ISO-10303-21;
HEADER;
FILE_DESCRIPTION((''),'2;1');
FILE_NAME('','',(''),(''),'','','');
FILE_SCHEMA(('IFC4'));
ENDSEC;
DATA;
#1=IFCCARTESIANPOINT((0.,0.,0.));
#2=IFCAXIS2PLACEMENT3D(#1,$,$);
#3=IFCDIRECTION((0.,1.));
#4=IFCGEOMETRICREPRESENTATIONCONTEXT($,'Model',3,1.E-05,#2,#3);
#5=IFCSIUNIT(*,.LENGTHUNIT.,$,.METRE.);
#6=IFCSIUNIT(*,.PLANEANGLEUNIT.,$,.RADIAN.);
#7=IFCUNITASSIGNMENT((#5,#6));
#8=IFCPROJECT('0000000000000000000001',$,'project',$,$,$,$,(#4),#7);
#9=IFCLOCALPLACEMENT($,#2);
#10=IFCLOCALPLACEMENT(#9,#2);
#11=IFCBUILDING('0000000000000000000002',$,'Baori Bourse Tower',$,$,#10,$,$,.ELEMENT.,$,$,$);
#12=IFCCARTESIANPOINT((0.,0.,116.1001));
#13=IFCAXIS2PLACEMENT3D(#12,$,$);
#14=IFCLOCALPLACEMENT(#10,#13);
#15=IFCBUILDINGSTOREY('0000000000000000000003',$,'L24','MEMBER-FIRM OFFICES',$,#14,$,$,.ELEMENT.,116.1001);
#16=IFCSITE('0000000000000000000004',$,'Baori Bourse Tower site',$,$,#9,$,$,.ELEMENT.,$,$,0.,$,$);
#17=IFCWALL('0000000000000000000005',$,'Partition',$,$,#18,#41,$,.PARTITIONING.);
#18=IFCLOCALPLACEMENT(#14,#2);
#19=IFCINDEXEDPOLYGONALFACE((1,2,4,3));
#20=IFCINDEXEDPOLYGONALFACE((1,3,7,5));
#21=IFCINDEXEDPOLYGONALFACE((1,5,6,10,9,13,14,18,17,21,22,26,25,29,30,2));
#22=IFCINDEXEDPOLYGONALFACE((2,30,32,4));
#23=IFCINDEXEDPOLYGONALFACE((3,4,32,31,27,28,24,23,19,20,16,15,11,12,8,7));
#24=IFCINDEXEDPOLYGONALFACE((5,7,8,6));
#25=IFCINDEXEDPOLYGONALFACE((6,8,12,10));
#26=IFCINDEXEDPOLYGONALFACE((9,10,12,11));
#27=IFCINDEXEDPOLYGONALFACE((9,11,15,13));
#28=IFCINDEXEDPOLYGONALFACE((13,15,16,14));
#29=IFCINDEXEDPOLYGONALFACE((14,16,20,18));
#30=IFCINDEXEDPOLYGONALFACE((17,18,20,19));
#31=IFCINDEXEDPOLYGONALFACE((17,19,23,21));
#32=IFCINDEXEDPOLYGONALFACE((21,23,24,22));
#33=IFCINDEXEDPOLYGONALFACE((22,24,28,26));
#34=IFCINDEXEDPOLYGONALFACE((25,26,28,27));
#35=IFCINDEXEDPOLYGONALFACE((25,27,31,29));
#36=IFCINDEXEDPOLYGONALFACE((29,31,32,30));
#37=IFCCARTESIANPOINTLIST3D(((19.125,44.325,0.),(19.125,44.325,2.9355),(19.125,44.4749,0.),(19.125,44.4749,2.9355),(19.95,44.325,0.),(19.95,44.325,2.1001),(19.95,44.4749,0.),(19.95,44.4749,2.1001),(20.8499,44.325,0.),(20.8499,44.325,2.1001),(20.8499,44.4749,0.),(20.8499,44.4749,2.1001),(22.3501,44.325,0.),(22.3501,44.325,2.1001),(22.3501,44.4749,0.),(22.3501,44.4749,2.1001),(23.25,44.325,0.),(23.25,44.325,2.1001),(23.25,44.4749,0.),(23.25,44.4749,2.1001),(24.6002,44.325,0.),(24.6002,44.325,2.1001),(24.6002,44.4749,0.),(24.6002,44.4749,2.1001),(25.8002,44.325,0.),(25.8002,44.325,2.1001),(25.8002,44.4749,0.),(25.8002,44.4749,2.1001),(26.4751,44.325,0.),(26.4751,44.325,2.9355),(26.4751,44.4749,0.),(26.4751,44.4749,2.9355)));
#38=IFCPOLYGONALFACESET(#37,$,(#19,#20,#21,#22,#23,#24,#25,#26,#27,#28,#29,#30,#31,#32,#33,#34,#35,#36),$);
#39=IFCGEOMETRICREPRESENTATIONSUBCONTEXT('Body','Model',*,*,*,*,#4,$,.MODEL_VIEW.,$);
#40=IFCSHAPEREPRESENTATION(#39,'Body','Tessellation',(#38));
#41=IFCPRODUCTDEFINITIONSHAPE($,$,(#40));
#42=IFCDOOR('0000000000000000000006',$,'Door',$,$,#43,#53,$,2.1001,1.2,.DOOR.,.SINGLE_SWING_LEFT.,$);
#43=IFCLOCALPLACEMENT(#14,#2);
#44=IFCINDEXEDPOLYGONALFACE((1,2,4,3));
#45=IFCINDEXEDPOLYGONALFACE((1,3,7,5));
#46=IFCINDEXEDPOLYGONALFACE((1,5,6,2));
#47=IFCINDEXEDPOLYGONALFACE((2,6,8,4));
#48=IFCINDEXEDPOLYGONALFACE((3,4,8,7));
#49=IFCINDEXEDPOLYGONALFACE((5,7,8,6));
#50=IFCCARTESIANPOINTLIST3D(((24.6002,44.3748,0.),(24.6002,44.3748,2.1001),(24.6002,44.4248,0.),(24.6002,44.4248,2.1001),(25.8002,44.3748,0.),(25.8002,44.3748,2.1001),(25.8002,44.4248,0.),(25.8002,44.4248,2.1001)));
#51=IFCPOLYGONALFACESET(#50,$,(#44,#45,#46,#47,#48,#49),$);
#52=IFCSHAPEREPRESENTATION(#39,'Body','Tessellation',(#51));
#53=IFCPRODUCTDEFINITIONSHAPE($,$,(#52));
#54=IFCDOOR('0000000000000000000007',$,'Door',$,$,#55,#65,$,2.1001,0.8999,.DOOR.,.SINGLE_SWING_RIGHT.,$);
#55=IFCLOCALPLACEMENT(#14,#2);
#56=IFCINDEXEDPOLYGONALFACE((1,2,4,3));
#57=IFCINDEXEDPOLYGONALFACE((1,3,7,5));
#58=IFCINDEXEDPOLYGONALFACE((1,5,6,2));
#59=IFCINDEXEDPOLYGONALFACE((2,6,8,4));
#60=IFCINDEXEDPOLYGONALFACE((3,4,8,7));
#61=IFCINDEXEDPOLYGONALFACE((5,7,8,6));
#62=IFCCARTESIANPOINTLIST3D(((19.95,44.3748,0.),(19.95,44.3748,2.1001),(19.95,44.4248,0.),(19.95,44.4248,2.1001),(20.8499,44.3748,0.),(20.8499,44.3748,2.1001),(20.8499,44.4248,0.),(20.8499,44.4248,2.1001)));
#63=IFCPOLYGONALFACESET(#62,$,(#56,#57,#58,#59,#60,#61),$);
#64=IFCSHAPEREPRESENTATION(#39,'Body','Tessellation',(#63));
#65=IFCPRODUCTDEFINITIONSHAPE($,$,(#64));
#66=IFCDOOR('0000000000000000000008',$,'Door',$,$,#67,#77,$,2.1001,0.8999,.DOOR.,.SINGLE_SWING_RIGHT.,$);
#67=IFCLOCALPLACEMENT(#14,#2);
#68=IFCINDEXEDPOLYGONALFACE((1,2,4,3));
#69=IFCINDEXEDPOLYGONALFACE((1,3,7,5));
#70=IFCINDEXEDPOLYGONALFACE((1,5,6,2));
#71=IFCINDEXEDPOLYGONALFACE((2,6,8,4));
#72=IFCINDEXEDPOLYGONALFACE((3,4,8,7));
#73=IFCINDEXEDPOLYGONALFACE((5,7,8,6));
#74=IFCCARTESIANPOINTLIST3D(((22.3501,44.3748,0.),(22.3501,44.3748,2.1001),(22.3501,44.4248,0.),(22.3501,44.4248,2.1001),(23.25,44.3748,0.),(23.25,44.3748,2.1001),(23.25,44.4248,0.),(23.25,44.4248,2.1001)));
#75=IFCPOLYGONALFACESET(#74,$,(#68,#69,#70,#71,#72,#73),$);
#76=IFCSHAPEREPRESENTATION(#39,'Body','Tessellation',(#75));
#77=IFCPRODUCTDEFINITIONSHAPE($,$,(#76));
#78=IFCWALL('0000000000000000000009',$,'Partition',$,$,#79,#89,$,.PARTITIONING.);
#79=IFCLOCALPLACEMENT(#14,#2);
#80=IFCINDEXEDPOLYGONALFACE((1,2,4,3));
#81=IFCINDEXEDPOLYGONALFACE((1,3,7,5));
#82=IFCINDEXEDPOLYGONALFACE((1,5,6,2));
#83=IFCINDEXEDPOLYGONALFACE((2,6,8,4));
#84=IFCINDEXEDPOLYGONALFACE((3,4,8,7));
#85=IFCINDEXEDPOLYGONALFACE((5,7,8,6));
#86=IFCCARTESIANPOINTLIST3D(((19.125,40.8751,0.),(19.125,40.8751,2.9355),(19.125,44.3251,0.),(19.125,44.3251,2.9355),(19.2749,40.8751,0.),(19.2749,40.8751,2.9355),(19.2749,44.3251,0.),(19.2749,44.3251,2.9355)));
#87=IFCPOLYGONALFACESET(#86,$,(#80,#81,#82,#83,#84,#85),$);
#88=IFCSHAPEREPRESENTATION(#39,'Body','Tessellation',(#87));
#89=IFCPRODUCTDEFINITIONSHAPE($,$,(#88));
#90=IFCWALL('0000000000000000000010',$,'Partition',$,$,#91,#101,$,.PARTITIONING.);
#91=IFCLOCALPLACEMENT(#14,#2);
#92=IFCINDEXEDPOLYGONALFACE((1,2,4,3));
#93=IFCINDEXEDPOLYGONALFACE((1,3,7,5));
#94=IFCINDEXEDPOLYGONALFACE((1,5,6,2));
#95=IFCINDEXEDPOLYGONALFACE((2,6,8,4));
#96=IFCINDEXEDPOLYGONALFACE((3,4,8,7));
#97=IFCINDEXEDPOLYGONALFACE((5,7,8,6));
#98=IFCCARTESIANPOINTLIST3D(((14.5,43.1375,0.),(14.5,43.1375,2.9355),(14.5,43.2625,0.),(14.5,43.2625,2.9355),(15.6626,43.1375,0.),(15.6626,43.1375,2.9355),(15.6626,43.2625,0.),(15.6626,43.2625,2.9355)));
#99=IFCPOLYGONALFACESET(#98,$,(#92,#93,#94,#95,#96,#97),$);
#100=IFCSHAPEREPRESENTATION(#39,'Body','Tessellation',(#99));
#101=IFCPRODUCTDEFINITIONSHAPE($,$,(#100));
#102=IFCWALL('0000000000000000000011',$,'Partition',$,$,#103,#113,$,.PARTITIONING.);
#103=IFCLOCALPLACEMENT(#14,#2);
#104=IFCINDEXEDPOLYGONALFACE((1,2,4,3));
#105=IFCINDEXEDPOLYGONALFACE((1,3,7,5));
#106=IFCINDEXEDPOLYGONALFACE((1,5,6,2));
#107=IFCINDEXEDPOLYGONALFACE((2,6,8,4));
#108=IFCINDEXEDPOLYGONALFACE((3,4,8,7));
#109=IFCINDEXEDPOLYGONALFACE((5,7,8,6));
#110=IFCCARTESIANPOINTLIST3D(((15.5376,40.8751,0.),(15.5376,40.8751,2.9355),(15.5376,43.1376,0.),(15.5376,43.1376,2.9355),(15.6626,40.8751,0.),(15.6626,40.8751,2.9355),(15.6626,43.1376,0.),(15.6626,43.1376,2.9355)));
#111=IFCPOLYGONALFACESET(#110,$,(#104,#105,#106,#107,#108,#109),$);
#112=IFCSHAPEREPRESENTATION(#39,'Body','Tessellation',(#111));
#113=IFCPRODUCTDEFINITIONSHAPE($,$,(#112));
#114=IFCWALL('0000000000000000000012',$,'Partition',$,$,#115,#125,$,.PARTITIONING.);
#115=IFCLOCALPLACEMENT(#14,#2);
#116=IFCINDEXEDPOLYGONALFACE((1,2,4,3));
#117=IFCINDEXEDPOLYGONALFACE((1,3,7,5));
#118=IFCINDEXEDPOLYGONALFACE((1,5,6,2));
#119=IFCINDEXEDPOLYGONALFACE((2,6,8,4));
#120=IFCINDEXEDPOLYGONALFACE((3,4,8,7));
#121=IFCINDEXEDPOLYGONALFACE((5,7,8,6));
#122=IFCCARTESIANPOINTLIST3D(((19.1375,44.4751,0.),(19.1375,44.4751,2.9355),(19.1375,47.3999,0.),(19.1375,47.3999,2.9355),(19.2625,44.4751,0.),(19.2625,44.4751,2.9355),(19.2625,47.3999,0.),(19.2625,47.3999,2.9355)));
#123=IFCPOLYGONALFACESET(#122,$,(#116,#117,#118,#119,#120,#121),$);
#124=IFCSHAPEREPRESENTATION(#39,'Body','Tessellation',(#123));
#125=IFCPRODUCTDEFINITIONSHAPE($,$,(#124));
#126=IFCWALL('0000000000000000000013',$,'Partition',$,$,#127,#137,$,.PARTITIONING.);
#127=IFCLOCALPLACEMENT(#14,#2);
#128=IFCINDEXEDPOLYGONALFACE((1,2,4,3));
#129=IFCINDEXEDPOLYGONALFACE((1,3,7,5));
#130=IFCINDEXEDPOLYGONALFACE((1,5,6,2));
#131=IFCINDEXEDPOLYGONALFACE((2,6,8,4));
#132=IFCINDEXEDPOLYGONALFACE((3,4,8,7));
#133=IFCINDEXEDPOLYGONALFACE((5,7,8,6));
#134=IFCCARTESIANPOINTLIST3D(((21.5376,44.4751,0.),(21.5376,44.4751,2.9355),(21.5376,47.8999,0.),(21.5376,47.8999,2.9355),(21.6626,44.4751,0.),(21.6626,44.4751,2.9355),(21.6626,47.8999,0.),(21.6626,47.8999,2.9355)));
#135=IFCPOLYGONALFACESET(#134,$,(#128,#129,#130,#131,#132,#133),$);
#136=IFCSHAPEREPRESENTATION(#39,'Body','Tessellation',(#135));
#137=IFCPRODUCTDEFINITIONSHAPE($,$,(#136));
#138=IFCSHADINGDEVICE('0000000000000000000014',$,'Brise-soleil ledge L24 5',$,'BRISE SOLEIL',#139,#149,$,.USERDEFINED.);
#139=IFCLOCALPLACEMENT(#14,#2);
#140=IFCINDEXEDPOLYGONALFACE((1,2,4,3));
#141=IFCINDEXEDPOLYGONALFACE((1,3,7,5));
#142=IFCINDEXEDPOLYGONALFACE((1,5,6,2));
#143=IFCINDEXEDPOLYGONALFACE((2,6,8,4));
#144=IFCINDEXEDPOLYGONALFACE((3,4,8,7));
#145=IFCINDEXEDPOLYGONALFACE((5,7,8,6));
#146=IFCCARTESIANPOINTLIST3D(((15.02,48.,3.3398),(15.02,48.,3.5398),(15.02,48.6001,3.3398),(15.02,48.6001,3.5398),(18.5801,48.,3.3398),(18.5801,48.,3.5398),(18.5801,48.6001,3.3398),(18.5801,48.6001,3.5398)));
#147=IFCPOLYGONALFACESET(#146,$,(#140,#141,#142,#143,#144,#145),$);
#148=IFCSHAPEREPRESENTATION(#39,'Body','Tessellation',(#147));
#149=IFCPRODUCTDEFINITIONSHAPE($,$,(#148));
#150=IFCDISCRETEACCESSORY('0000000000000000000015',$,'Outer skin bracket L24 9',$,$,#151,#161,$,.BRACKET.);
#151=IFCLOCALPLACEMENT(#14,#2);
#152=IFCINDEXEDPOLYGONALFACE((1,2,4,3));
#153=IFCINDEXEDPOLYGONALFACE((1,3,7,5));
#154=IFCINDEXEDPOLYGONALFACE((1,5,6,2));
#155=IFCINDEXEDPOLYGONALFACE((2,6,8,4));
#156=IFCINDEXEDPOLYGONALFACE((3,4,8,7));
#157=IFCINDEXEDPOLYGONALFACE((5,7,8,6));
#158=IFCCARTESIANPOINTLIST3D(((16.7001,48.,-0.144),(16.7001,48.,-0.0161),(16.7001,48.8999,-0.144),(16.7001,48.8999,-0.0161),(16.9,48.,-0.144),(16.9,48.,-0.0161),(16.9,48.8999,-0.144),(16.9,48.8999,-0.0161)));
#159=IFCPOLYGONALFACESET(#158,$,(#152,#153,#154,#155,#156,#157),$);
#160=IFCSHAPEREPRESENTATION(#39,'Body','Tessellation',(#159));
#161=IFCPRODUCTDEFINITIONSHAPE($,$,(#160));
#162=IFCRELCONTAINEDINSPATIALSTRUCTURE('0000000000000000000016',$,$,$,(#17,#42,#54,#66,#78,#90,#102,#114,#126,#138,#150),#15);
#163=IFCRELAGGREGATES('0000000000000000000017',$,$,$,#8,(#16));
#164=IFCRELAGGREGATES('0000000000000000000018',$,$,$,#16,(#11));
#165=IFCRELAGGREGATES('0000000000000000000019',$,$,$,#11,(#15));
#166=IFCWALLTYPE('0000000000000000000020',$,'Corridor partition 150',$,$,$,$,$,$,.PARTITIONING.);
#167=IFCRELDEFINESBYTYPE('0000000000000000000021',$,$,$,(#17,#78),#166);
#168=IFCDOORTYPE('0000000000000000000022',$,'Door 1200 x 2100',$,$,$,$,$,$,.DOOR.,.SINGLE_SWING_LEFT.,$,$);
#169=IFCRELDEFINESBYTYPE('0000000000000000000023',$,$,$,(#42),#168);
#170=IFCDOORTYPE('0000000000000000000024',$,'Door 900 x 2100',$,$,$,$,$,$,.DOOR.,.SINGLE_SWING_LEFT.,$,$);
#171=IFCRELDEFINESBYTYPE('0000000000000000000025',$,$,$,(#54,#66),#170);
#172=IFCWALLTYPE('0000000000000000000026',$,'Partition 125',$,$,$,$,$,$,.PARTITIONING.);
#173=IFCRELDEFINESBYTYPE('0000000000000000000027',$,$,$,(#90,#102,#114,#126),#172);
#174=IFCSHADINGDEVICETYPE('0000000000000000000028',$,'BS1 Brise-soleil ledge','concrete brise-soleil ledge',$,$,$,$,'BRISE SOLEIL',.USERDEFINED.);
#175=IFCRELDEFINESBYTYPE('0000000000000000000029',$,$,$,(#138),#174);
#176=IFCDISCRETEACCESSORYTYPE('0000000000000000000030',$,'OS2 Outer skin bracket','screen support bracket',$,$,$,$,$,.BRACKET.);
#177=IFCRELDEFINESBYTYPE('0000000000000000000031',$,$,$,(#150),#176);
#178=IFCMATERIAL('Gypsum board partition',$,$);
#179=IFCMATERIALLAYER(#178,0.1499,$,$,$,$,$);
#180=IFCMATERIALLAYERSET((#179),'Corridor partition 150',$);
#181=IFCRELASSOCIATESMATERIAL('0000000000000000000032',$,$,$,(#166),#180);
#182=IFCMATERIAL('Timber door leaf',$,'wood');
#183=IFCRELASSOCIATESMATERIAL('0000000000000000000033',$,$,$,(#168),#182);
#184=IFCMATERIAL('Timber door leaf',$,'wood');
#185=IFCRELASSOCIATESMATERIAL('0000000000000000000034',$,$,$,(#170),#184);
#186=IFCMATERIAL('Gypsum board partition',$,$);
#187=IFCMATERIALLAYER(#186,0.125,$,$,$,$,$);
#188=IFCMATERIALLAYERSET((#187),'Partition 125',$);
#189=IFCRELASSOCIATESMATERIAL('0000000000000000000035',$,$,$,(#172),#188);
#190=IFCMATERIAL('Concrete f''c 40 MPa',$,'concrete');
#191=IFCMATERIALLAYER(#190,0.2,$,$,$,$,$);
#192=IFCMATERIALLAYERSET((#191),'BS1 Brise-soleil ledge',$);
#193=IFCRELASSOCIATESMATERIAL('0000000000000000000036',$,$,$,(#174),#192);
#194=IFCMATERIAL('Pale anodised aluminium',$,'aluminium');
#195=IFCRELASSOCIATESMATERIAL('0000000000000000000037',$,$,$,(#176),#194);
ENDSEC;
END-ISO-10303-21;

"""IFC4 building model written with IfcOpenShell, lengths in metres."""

from ifc_helpers import new_model, si_unit, direction, frame, frame_2d, origin, origin_2d, place, context, subcontext, project, spatial, rectangle, extrude, material, layer, layer_set, type_object, element, fill, save


model = new_model("IFC4")

# Units and contexts
model_context = context("Model", 3, precision=1e-05, world=origin(), true_north=direction((0.0, 1.0)))
body_context = subcontext(model_context, "Body", "Model", "MODEL_VIEW")
ifc_project = project(units=[si_unit("LENGTHUNIT", "METRE"), si_unit("PLANEANGLEUNIT", "RADIAN")], contexts=[model_context])

# Site, building, storey
site_placement = place(None, origin())
site = spatial("IfcSite", under=ifc_project, at=site_placement, Name="Baori Bourse Tower site", CompositionType="ELEMENT", RefElevation=0.0)
building_placement = place(site_placement, origin())
building = spatial("IfcBuilding", under=site, at=building_placement, Name="Baori Bourse Tower", CompositionType="ELEMENT")
storey_placement = place(building_placement, frame((0.0, 0.0, 116.1001)))
storey = spatial("IfcBuildingStorey", under=building, at=storey_placement, Name="L24", Description="MEMBER-FIRM OFFICES", CompositionType="ELEMENT", Elevation=116.1001)

# Wall, openings, doors
ifc_material_1 = material(Name="Gypsum board partition")
ifc_layer_1 = layer(ifc_material_1, 0.1499)
ifc_layer_set_1 = layer_set([ifc_layer_1], Name="Corridor partition 150")
wall_type_1 = type_object("IfcWallType", Name="Corridor partition 150", PredefinedType="PARTITIONING", material=ifc_layer_set_1)
wall_1_placement = place(storey_placement, frame((19.125, 44.3999, 0.0), z_axis=(0.0, 0.0, 1.0), x_axis=(1.0, 0.0, 0.0)))
wall_1 = element("IfcWall", 1, at=wall_1_placement, inside=storey, type_object=wall_type_1, Name="Partition", PredefinedType="PARTITIONING", context=body_context, shape_type="SweptSolid", body=[
    extrude(rectangle(XDim=7.3501, YDim=0.1499, at=frame_2d((3.675, 0.0))), origin(), (0.0, 0.0, 1.0), 2.9355),
])
opening_1_placement = place(wall_1_placement, frame((0.825, 0.0, 0.0)))
opening_1 = element("IfcOpeningElement", 2, at=opening_1_placement, cuts=wall_1, PredefinedType="OPENING", context=body_context, shape_type="SweptSolid", body=[
    extrude(rectangle(XDim=0.8999, YDim=2.1001, at=frame_2d((0.45, 1.05))), frame((0.0, 0.085, 0.0), z_axis=(0.0, -1.0, 0.0), x_axis=(1.0, 0.0, 0.0)), (0.0, 0.0, 1.0), 0.1699),
])
opening_2_placement = place(wall_1_placement, frame((3.2251, 0.0, 0.0)))
opening_2 = element("IfcOpeningElement", 3, at=opening_2_placement, cuts=wall_1, PredefinedType="OPENING", context=body_context, shape_type="SweptSolid", body=[
    extrude(rectangle(XDim=0.8999, YDim=2.1001, at=frame_2d((0.45, 1.05))), frame((0.0, 0.085, 0.0), z_axis=(0.0, -1.0, 0.0), x_axis=(1.0, 0.0, 0.0)), (0.0, 0.0, 1.0), 0.1699),
])
opening_3_placement = place(wall_1_placement, frame((5.4751, 0.0, 0.0)))
opening_3 = element("IfcOpeningElement", 4, at=opening_3_placement, cuts=wall_1, PredefinedType="OPENING", context=body_context, shape_type="SweptSolid", body=[
    extrude(rectangle(XDim=1.2, YDim=2.1001, at=frame_2d((0.6001, 1.05))), frame((0.0, 0.085, 0.0), z_axis=(0.0, -1.0, 0.0), x_axis=(1.0, 0.0, 0.0)), (0.0, 0.0, 1.0), 0.1699),
])
ifc_material_2 = material(Name="Timber door leaf", Category="wood")
door_type_1 = type_object("IfcDoorType", Name="Door 1200 x 2100", OperationType="SINGLE_SWING_LEFT", PredefinedType="DOOR", material=ifc_material_2)
door_1_placement = place(opening_3_placement, origin())
door_1 = element("IfcDoor", 5, at=door_1_placement, inside=storey, type_object=door_type_1, Name="Door", OperationType="SINGLE_SWING_LEFT", OverallHeight=2.1001, OverallWidth=1.2, PredefinedType="DOOR", context=body_context, shape_type="SweptSolid", body=[
    extrude(rectangle(XDim=1.2, YDim=2.1001, at=frame_2d((0.6001, 1.05))), frame((0.0, 0.0249, 0.0), z_axis=(0.0, -1.0, 0.0), x_axis=(1.0, 0.0, 0.0)), (0.0, 0.0, 1.0), 0.05),
])
fill(opening_3, door_1)
ifc_material_3 = material(Name="Timber door leaf", Category="wood")
door_type_2 = type_object("IfcDoorType", Name="Door 900 x 2100", OperationType="SINGLE_SWING_LEFT", PredefinedType="DOOR", material=ifc_material_3)
door_2_placement = place(opening_1_placement, origin())
door_2 = element("IfcDoor", 6, at=door_2_placement, inside=storey, type_object=door_type_2, Name="Door", OperationType="SINGLE_SWING_RIGHT", OverallHeight=2.1001, OverallWidth=0.8999, PredefinedType="DOOR", context=body_context, shape_type="SweptSolid", body=[
    extrude(rectangle(XDim=0.8999, YDim=2.1001, at=frame_2d((0.45, 1.05))), frame((0.0, 0.0249, 0.0), z_axis=(0.0, -1.0, 0.0), x_axis=(1.0, 0.0, 0.0)), (0.0, 0.0, 1.0), 0.05),
])
fill(opening_1, door_2)
door_3_placement = place(opening_2_placement, origin())
door_3 = element("IfcDoor", 7, at=door_3_placement, inside=storey, type_object=door_type_2, Name="Door", OperationType="SINGLE_SWING_RIGHT", OverallHeight=2.1001, OverallWidth=0.8999, PredefinedType="DOOR", context=body_context, shape_type="SweptSolid", body=[
    extrude(rectangle(XDim=0.8999, YDim=2.1001, at=frame_2d((0.45, 1.05))), frame((0.0, 0.0249, 0.0), z_axis=(0.0, -1.0, 0.0), x_axis=(1.0, 0.0, 0.0)), (0.0, 0.0, 1.0), 0.05),
])
fill(opening_2, door_3)

# Walls
wall_2_placement = place(storey_placement, frame((19.2, 40.875, 0.0), z_axis=(0.0, 0.0, 1.0), x_axis=(0.0, 1.0, 0.0)))
element("IfcWall", 8, at=wall_2_placement, inside=storey, type_object=wall_type_1, Name="Partition", PredefinedType="PARTITIONING", context=body_context, shape_type="SweptSolid", body=[
    extrude(rectangle(XDim=3.45, YDim=0.1499, at=frame_2d((1.7251, 0.0))), origin(), (0.0, 0.0, 1.0), 2.9355),
])
ifc_material_4 = material(Name="Gypsum board partition")
ifc_layer_2 = layer(ifc_material_4, 0.125)
ifc_layer_set_2 = layer_set([ifc_layer_2], Name="Partition 125")
wall_type_2 = type_object("IfcWallType", Name="Partition 125", PredefinedType="PARTITIONING", material=ifc_layer_set_2)
wall_3_placement = place(storey_placement, frame((14.5, 43.2, 0.0), z_axis=(0.0, 0.0, 1.0), x_axis=(1.0, 0.0, 0.0)))
element("IfcWall", 9, at=wall_3_placement, inside=storey, type_object=wall_type_2, Name="Partition", PredefinedType="PARTITIONING", context=body_context, shape_type="SweptSolid", body=[
    extrude(rectangle(XDim=1.1626, YDim=0.125, at=frame_2d((0.5813, 0.0))), origin(), (0.0, 0.0, 1.0), 2.9355),
])
wall_4_placement = place(storey_placement, frame((15.6001, 40.875, 0.0), z_axis=(0.0, 0.0, 1.0), x_axis=(0.0, 1.0, 0.0)))
element("IfcWall", 10, at=wall_4_placement, inside=storey, type_object=wall_type_2, Name="Partition", PredefinedType="PARTITIONING", context=body_context, shape_type="SweptSolid", body=[
    extrude(rectangle(XDim=2.2625, YDim=0.125, at=frame_2d((1.1313, 0.0))), origin(), (0.0, 0.0, 1.0), 2.9355),
])
wall_5_placement = place(storey_placement, frame((19.2, 44.4751, 0.0), z_axis=(0.0, 0.0, 1.0), x_axis=(0.0, 1.0, 0.0)))
element("IfcWall", 11, at=wall_5_placement, inside=storey, type_object=wall_type_2, Name="Partition", PredefinedType="PARTITIONING", context=body_context, shape_type="SweptSolid", body=[
    extrude(rectangle(XDim=2.9248, YDim=0.125, at=frame_2d((1.4624, 0.0))), origin(), (0.0, 0.0, 1.0), 2.9355),
])
wall_6_placement = place(storey_placement, frame((21.6001, 44.4751, 0.0), z_axis=(0.0, 0.0, 1.0), x_axis=(0.0, 1.0, 0.0)))
element("IfcWall", 12, at=wall_6_placement, inside=storey, type_object=wall_type_2, Name="Partition", PredefinedType="PARTITIONING", context=body_context, shape_type="SweptSolid", body=[
    extrude(rectangle(XDim=3.4248, YDim=0.125, at=frame_2d((1.7124, 0.0))), origin(), (0.0, 0.0, 1.0), 2.9355),
])

# Shading device
ifc_material_5 = material(Name="Concrete f'c 40 MPa", Category="concrete")
ifc_layer_3 = layer(ifc_material_5, 0.2)
ifc_layer_set_3 = layer_set([ifc_layer_3], Name="BS1 Brise-soleil ledge")
shading_device_type = type_object("IfcShadingDeviceType", Name="BS1 Brise-soleil ledge", Description="concrete brise-soleil ledge", ElementType="BRISE SOLEIL", PredefinedType="USERDEFINED", material=ifc_layer_set_3)
shading_device_placement = place(storey_placement, frame((16.8, 48.3, 3.3398), z_axis=(0.0, 0.0, 1.0), x_axis=(-1.0, 0.0, 0.0)))
element("IfcShadingDevice", 13, at=shading_device_placement, inside=storey, type_object=shading_device_type, Name="Brise-soleil ledge L24 5", ObjectType="BRISE SOLEIL", PredefinedType="USERDEFINED", context=body_context, shape_type="SweptSolid", body=[
    extrude(rectangle(XDim=3.5601, YDim=0.6001, at=origin_2d()), origin(), (0.0, 0.0, 1.0), 0.2),
])

# Discrete accessory
ifc_material_6 = material(Name="Pale anodised aluminium", Category="aluminium")
discrete_accessory_type = type_object("IfcDiscreteAccessoryType", Name="OS2 Outer skin bracket", Description="screen support bracket", PredefinedType="BRACKET", material=ifc_material_6)
discrete_accessory_placement = place(storey_placement, frame((16.8, 48.45, -0.144), z_axis=(0.0, 0.0, 1.0), x_axis=(-1.0, 0.0, 0.0)))
element("IfcDiscreteAccessory", 14, at=discrete_accessory_placement, inside=storey, type_object=discrete_accessory_type, Name="Outer skin bracket L24 9", PredefinedType="BRACKET", context=body_context, shape_type="SweptSolid", body=[
    extrude(rectangle(XDim=0.2, YDim=0.8999, at=origin_2d()), origin(), (0.0, 0.0, 1.0), 0.1279),
])

save(model, "model.ifc")
